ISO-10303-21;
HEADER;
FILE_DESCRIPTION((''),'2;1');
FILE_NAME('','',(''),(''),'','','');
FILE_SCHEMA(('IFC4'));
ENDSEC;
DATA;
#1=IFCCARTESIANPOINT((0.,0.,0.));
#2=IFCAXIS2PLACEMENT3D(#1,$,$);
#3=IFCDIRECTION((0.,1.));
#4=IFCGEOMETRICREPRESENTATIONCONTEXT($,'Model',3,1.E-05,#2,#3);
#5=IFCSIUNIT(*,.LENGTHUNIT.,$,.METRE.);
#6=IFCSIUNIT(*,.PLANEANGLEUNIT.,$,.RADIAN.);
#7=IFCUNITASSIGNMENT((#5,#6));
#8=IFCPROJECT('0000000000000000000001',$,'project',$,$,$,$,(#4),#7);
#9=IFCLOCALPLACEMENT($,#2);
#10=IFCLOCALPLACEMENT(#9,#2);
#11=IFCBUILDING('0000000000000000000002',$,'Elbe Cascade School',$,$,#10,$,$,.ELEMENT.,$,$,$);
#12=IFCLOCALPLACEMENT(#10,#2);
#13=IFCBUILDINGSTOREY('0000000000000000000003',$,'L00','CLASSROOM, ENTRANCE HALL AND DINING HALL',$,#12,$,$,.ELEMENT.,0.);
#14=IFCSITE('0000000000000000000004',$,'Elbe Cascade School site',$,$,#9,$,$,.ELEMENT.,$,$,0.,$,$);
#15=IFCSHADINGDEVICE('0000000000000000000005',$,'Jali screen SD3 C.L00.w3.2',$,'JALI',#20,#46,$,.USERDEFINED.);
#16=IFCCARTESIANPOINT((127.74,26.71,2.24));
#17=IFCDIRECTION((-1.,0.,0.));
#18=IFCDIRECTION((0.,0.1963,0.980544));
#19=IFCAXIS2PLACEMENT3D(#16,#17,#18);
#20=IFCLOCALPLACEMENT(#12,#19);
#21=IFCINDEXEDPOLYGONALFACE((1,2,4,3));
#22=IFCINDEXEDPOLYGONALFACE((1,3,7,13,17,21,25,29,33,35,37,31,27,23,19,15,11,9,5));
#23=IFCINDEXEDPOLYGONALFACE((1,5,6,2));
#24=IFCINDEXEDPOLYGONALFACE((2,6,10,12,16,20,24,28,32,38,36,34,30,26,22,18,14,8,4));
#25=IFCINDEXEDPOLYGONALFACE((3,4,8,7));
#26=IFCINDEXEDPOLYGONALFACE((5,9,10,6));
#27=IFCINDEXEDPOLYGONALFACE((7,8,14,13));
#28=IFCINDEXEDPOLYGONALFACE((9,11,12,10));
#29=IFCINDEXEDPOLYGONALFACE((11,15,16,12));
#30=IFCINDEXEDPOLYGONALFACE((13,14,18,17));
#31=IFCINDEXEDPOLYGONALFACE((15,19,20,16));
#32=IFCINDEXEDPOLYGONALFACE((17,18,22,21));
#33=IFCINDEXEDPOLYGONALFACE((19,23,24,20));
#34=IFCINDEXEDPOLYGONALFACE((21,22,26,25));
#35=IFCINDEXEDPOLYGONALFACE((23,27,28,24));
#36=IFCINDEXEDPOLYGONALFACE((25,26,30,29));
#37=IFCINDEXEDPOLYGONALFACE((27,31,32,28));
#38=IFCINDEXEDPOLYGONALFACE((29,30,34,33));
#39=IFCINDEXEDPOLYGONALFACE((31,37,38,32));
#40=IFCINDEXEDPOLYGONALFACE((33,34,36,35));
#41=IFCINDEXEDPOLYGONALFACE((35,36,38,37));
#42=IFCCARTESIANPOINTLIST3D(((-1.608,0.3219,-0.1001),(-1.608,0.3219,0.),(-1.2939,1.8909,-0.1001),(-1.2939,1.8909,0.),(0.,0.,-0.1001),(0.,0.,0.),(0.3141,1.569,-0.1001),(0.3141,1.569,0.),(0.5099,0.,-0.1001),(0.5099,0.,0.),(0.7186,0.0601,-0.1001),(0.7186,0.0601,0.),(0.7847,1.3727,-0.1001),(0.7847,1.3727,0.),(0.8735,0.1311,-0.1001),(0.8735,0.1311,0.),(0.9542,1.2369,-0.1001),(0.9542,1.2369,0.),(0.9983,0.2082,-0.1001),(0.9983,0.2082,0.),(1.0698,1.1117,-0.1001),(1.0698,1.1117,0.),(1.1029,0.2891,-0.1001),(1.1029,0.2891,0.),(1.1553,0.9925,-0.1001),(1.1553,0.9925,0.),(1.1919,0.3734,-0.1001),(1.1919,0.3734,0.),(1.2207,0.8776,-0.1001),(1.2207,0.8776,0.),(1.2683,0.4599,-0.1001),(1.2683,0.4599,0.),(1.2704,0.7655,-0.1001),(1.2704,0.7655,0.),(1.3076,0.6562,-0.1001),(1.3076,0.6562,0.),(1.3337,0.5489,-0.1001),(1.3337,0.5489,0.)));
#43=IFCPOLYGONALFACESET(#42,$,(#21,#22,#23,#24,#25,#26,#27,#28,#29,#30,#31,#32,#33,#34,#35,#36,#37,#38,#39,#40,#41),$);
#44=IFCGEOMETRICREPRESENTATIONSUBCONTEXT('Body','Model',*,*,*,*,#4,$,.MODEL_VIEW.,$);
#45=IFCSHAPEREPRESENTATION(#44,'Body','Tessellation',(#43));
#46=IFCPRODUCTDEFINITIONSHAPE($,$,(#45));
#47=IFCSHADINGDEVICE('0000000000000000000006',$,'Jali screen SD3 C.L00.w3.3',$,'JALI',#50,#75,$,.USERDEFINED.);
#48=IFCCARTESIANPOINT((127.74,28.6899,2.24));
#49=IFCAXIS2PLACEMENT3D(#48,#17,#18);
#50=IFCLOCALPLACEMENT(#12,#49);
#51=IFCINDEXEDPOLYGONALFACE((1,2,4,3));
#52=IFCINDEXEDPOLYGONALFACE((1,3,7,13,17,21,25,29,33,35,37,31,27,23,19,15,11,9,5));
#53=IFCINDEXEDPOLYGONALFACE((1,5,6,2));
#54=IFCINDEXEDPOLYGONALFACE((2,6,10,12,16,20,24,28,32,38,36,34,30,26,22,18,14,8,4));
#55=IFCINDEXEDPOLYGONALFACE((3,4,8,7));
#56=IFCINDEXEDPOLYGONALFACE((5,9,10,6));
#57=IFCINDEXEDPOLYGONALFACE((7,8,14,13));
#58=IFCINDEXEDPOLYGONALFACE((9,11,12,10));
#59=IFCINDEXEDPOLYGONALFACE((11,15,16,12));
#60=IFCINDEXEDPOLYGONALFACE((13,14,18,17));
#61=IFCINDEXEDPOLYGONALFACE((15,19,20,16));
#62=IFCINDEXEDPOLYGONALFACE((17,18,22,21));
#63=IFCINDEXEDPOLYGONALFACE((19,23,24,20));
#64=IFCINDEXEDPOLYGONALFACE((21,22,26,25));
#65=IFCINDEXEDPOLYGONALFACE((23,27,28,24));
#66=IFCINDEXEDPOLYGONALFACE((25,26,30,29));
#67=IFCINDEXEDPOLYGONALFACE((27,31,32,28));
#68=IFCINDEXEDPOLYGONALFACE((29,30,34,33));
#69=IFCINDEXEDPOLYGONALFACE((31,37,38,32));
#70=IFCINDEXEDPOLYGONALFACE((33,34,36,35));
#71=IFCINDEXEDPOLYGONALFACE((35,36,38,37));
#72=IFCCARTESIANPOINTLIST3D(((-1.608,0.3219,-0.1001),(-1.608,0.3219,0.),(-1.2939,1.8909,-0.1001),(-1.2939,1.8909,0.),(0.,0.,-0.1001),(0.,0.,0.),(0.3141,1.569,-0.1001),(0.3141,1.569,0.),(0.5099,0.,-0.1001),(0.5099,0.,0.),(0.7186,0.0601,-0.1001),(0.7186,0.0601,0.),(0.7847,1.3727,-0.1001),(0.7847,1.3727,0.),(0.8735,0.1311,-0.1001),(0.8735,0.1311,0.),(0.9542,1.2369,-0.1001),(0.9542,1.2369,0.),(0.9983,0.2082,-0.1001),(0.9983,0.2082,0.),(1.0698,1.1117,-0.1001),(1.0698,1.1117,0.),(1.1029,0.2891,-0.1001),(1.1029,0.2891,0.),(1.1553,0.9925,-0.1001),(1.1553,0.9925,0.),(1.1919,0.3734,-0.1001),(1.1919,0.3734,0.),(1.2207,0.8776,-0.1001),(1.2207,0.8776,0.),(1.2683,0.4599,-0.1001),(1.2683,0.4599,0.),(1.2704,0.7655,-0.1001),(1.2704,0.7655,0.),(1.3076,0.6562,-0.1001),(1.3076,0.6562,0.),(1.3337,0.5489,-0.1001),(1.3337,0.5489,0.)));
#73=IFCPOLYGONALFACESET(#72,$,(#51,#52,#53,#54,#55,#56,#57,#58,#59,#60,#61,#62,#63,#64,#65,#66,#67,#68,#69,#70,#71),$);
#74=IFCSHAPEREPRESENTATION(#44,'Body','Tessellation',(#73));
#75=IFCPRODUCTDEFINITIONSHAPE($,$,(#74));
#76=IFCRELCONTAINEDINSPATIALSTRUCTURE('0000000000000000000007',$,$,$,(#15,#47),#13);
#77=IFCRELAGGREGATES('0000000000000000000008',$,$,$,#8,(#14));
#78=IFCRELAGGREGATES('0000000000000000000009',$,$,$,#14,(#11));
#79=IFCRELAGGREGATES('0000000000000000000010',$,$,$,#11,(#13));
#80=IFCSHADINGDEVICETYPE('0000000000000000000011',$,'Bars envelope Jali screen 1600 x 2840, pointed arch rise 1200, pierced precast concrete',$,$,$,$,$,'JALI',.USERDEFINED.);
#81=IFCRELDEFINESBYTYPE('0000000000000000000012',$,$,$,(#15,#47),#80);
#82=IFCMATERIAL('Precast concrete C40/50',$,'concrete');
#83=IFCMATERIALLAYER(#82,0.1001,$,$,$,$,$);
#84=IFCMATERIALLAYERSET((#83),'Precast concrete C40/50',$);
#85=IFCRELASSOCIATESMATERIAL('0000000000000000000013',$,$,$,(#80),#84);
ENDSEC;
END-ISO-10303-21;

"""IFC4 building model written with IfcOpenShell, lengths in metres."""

from ifc_helpers import new_model, si_unit, direction, frame, origin, place, context, subcontext, project, spatial, polyline, outline, extrude, material, layer, layer_set, type_object, element, save


model = new_model("IFC4")

# Units and contexts
model_context = context("Model", 3, precision=1e-05, world=origin(), true_north=direction((0.0, 1.0)))
body_context = subcontext(model_context, "Body", "Model", "MODEL_VIEW")
ifc_project = project(units=[si_unit("LENGTHUNIT", "METRE"), si_unit("PLANEANGLEUNIT", "RADIAN")], contexts=[model_context])

# Site, building, storey
site_placement = place(None, origin())
site = spatial("IfcSite", under=ifc_project, at=site_placement, Name="Elbe Cascade School site", CompositionType="ELEMENT", RefElevation=0.0)
building_placement = place(site_placement, origin())
building = spatial("IfcBuilding", under=site, at=building_placement, Name="Elbe Cascade School", CompositionType="ELEMENT")
storey_placement = place(building_placement, origin())
storey = spatial("IfcBuildingStorey", under=building, at=storey_placement, Name="L00", Description="CLASSROOM, ENTRANCE HALL AND DINING HALL", CompositionType="ELEMENT", Elevation=0.0)

# Shading devices
ifc_material_1 = material(Name="Precast concrete C40/50", Category="concrete")
ifc_layer_1 = layer(ifc_material_1, 0.1001)
ifc_layer_set_1 = layer_set([ifc_layer_1], Name="Precast concrete C40/50")
shading_device_type = type_object("IfcShadingDeviceType", Name="Bars envelope Jali screen 1600 x 2840, pointed arch rise 1200, pierced precast concrete", ElementType="JALI", PredefinedType="USERDEFINED", material=ifc_layer_set_1)
for number, where, z_axis, x_axis, name in (
    (1, (127.74, 26.71, 2.24), (-1.0, 0.0, 0.0), (0.0, 0.1963, 0.980544), "Jali screen SD3 C.L00.w3.2"),
    (2, (127.74, 28.6899, 2.24), (-1.0, 0.0, 0.0), (0.0, 0.1963, 0.980544), "Jali screen SD3 C.L00.w3.3"),
):
    element("IfcShadingDevice", number, at=place(storey_placement, frame(where, z_axis=z_axis, x_axis=x_axis)), inside=storey, type_object=shading_device_type, Name=name, ObjectType="JALI", PredefinedType="USERDEFINED", context=body_context, shape_type="SweptSolid", body=[
        extrude(outline(polyline([(0.0, 0.0), (0.5099, 0.0), (0.7186, 0.0601), (0.8735, 0.1311), (0.9983, 0.2082), (1.1029, 0.2891), (1.1919, 0.3734), (1.2683, 0.4599), (1.3337, 0.5489), (1.3076, 0.6562), (1.2704, 0.7655), (1.2207, 0.8776), (1.1553, 0.9925), (1.0698, 1.1117), (0.9542, 1.2369), (0.7847, 1.3727), (0.3141, 1.569), (-1.2939, 1.8909), (-1.608, 0.3219), (0.0, 0.0)])), origin(), (0.0, 0.0, -1.0), 0.1001),
    ])

save(model, "model.ifc")
